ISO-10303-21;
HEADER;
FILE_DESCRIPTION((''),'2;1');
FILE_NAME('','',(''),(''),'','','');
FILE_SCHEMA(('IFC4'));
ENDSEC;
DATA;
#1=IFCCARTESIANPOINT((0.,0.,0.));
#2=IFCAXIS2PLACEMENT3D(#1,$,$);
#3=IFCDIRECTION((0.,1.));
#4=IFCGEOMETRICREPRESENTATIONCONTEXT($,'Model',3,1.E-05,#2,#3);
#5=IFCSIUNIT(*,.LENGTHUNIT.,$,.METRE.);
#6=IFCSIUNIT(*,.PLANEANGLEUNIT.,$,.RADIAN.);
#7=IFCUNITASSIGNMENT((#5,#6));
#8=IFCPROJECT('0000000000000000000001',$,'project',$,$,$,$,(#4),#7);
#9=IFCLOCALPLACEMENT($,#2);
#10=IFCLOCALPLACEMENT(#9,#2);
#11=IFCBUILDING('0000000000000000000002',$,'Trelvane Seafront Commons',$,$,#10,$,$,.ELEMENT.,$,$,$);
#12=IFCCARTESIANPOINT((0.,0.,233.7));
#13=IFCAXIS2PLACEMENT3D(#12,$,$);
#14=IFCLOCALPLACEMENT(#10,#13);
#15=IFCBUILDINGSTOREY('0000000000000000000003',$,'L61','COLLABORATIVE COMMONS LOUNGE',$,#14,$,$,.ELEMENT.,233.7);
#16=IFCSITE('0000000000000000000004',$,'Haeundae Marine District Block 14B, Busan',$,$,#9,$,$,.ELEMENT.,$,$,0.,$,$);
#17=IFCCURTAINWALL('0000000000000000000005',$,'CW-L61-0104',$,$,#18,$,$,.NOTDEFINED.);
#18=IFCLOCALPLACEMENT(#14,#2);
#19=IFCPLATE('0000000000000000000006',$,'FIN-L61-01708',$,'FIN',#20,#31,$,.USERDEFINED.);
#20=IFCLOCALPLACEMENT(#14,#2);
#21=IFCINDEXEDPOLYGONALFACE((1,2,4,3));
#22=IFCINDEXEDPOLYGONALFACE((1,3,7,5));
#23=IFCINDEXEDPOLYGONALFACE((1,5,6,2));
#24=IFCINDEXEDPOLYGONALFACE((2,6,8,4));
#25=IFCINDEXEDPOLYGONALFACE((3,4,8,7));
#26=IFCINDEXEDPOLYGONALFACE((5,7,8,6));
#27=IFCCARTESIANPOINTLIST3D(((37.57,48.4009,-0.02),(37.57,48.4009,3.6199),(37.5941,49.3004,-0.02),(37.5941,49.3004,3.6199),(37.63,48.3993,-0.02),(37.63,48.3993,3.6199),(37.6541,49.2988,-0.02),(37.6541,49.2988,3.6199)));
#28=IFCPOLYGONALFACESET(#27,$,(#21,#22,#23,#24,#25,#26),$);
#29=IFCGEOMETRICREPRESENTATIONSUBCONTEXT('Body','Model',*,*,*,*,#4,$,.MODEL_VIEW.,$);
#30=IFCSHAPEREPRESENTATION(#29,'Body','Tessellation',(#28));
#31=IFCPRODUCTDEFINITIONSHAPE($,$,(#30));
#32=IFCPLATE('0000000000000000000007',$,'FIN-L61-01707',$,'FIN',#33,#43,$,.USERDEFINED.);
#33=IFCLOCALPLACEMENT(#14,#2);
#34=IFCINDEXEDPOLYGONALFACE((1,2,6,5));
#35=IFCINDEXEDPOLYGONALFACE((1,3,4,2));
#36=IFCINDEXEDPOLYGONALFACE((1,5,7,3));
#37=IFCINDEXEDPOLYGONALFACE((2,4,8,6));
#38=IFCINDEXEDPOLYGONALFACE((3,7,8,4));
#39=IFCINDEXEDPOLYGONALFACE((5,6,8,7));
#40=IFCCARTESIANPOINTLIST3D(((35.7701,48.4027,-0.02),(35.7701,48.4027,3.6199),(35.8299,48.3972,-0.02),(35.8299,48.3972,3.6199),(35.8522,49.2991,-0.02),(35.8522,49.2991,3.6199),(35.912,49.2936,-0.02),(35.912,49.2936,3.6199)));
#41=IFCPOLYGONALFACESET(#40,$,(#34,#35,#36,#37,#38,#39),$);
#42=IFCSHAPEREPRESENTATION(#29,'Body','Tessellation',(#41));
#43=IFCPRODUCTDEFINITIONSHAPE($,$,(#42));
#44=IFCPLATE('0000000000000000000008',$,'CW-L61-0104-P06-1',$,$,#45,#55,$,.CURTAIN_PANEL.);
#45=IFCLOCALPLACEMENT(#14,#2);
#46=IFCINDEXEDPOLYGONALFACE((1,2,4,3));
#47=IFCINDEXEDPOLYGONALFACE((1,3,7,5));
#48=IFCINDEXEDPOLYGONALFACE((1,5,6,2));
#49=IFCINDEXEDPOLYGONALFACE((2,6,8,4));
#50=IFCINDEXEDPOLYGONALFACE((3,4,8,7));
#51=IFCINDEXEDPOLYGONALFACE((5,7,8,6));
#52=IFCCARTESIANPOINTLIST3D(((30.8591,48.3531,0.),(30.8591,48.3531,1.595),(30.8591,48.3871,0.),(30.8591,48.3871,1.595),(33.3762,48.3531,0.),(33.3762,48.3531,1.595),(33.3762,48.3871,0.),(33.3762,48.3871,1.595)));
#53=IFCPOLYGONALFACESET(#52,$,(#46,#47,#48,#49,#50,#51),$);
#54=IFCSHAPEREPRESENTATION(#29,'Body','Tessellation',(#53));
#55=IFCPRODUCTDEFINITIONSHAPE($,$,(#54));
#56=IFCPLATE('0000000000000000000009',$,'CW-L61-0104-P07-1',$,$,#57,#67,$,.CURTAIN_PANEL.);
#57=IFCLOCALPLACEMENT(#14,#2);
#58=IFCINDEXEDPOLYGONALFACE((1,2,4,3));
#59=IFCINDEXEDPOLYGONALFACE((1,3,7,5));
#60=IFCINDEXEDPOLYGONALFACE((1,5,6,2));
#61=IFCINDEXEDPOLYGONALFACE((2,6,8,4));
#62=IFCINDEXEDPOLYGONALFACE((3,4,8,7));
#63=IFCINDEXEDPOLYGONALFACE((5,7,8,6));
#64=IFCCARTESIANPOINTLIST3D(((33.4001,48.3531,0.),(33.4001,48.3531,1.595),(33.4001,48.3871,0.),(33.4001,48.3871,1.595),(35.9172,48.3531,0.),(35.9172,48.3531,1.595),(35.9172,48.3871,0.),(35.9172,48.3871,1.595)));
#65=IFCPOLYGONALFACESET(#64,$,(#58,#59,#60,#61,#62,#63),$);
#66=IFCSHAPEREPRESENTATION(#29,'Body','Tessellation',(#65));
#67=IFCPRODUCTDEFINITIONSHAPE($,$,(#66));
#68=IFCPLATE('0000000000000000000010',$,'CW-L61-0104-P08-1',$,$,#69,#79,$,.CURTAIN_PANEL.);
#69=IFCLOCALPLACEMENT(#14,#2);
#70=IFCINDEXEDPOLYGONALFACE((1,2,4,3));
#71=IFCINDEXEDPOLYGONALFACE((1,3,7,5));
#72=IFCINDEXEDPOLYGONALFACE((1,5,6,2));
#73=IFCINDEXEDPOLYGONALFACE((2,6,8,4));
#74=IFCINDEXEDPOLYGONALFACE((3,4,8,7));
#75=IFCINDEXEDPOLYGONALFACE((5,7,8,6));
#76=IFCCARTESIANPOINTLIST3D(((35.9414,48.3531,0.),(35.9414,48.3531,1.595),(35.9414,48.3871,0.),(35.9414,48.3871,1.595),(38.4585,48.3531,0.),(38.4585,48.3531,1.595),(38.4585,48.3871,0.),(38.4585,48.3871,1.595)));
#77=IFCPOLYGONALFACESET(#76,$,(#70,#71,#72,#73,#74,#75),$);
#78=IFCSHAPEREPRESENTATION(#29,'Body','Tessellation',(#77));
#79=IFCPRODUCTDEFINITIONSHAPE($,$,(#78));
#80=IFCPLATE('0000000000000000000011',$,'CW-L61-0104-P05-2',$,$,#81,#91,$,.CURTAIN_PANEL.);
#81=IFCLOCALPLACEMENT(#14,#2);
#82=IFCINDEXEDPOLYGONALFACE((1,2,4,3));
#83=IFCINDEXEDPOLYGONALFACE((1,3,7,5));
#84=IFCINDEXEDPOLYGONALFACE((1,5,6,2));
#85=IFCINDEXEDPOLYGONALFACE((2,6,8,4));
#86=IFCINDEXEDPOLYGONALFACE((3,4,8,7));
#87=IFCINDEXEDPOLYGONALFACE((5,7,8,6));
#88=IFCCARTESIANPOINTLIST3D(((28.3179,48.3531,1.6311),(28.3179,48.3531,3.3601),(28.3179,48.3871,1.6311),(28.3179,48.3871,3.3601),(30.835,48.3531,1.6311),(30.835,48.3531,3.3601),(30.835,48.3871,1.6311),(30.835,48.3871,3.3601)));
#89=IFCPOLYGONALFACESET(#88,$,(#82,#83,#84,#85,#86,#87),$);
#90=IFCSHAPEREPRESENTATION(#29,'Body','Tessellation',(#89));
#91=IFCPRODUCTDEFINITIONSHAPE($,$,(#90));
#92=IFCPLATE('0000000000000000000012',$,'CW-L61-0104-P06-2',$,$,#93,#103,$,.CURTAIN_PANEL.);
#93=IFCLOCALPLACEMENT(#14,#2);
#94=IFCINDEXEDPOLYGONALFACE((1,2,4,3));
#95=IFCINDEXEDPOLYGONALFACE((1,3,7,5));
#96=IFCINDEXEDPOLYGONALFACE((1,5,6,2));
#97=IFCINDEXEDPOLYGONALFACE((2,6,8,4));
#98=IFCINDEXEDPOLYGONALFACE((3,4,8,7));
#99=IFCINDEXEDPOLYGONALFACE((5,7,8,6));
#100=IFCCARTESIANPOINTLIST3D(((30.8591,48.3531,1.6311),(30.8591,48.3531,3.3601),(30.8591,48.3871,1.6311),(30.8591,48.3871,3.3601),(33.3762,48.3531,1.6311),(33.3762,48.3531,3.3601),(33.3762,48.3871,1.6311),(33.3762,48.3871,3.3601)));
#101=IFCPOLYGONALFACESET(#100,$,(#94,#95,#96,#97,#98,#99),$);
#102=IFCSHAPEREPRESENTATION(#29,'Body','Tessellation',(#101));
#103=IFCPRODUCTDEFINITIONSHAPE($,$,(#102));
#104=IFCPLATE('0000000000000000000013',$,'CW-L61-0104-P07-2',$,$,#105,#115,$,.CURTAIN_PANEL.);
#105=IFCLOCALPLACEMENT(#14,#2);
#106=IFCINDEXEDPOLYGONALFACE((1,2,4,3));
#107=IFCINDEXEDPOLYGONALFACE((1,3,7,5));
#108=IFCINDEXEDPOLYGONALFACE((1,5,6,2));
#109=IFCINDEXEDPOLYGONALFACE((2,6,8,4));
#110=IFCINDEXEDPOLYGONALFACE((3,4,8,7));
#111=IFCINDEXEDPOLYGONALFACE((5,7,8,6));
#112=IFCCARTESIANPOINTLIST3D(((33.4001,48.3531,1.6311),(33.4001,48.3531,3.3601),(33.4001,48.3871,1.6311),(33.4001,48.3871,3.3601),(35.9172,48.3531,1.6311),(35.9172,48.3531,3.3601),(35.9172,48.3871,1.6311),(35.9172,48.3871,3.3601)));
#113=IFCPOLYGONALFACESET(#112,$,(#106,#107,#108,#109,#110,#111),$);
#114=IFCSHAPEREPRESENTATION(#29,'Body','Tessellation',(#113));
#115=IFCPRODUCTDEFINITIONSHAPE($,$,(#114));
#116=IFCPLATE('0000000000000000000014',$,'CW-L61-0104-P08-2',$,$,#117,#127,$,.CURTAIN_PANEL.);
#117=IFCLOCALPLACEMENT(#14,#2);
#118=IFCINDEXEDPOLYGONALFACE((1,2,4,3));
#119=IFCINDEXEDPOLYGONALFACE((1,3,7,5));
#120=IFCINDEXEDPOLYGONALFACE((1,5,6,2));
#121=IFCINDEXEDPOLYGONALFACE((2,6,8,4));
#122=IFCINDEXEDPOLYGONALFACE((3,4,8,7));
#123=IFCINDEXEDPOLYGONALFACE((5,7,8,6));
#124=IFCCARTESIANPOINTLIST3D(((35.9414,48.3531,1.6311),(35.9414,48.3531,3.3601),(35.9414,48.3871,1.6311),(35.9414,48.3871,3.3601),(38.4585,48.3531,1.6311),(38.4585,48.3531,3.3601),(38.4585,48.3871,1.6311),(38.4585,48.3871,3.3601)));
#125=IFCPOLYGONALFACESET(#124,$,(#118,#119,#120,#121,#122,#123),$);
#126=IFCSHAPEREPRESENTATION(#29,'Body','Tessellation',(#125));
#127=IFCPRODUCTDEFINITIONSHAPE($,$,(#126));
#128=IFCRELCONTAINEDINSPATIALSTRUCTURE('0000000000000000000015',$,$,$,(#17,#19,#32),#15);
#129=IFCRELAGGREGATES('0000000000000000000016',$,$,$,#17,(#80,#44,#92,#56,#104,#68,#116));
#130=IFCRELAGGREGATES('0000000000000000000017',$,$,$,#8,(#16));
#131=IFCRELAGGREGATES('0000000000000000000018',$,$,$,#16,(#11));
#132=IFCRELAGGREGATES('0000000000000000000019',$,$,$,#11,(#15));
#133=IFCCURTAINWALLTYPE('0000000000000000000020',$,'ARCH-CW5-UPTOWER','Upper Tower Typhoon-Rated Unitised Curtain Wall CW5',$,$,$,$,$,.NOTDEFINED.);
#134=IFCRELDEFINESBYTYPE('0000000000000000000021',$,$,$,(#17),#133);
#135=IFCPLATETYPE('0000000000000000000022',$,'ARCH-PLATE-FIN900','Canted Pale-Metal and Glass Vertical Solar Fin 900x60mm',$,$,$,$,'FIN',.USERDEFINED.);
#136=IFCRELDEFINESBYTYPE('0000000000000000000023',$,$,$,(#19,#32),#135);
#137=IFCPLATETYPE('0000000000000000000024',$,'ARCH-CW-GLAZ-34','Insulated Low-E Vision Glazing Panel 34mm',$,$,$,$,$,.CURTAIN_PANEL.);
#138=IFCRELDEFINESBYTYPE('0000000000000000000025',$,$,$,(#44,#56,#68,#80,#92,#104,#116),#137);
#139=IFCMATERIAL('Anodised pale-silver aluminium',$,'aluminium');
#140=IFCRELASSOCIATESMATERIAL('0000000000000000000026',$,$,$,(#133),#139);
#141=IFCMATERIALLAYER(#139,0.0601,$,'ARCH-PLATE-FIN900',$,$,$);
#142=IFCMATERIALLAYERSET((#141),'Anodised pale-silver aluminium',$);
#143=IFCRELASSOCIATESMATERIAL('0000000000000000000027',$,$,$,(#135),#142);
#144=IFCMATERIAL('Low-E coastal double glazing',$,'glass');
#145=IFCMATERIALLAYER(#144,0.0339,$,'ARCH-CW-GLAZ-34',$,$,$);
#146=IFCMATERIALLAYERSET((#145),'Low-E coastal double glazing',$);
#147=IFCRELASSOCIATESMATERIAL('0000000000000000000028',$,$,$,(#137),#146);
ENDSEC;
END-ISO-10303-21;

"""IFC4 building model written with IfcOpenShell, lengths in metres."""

from ifc_helpers import new_model, si_unit, direction, frame, origin, origin_2d, place, context, subcontext, project, spatial, rectangle, extrude, source, transform, mapped, material, layer, layer_set, type_object, element, aggregate, save


model = new_model("IFC4")

# Units and contexts
model_context = context("Model", 3, precision=1e-05, world=origin(), true_north=direction((0.0, 1.0)))
body_context = subcontext(model_context, "Body", "Model", "MODEL_VIEW")
ifc_project = project(units=[si_unit("LENGTHUNIT", "METRE"), si_unit("PLANEANGLEUNIT", "RADIAN")], contexts=[model_context])

# Site, building, storey
site_placement = place(None, origin())
site = spatial("IfcSite", under=ifc_project, at=site_placement, Name="Haeundae Marine District Block 14B, Busan", CompositionType="ELEMENT", RefElevation=0.0)
building_placement = place(site_placement, origin())
building = spatial("IfcBuilding", under=site, at=building_placement, Name="Trelvane Seafront Commons", CompositionType="ELEMENT")
storey_placement = place(building_placement, frame((0.0, 0.0, 233.7)))
storey = spatial("IfcBuildingStorey", under=building, at=storey_placement, Name="L61", Description="COLLABORATIVE COMMONS LOUNGE", CompositionType="ELEMENT", Elevation=233.7)

# Curtain wall
ifc_material_1 = material(Name="Anodised pale-silver aluminium", Category="aluminium")
curtain_wall_type = type_object("IfcCurtainWallType", Name="ARCH-CW5-UPTOWER", Description="Upper Tower Typhoon-Rated Unitised Curtain Wall CW5", PredefinedType="NOTDEFINED", material=ifc_material_1)
curtain_wall_placement = place(storey_placement, origin())
curtain_wall = element("IfcCurtainWall", 1, at=curtain_wall_placement, inside=storey, type_object=curtain_wall_type, Name="CW-L61-0104", PredefinedType="NOTDEFINED")

# Plates
ifc_layer_1 = layer(ifc_material_1, 0.0601, Name="ARCH-PLATE-FIN900")
ifc_layer_set_1 = layer_set([ifc_layer_1], Name="Anodised pale-silver aluminium")
plate_type_1 = type_object("IfcPlateType", Name="ARCH-PLATE-FIN900", Description="Canted Pale-Metal and Glass Vertical Solar Fin 900x60mm", ElementType="FIN", PredefinedType="USERDEFINED", material=ifc_layer_set_1)
shared_shape_1 = source(origin(), body_context, "Body", "SweptSolid", [
    extrude(rectangle(XDim=0.8999, YDim=0.0601, at=origin_2d()), origin(), (0.0, 0.0, 1.0), 3.6399),
])
for number, where, z_axis, x_axis, name in (
    (2, (37.6121, 48.8499, -0.02), (0.0, 0.0, 1.0), (0.026777, 0.999641, 0.0), "FIN-L61-01708"),
):
    element("IfcPlate", number, at=place(storey_placement, frame(where, z_axis=z_axis, x_axis=x_axis)), inside=storey, type_object=plate_type_1, Name=name, ObjectType="FIN", PredefinedType="USERDEFINED", context=body_context, shape_type="MappedRepresentation", body=[
        mapped(shared_shape_1, transform((0.0, 0.0, 0.0), x_axis=(1.0, 0.0, 0.0), y_axis=(0.0, 1.0, 0.0), z_axis=(0.0, 0.0, 1.0), scale=1.0)),
    ])
shared_shape_2 = source(origin(), body_context, "Body", "SweptSolid", [
    extrude(rectangle(XDim=0.9001, YDim=0.0601, at=origin_2d()), origin(), (0.0, 0.0, 1.0), 3.6399),
])
plate_1_placement = place(storey_placement, frame((35.8411, 48.8481, -0.02), z_axis=(0.0, 0.0, 1.0), x_axis=(0.091217, 0.995831, 0.0)))
element("IfcPlate", 3, at=plate_1_placement, inside=storey, type_object=plate_type_1, Name="FIN-L61-01707", ObjectType="FIN", PredefinedType="USERDEFINED", context=body_context, shape_type="MappedRepresentation", body=[
    mapped(shared_shape_2, transform((0.0, 0.0, 0.0), x_axis=(1.0, 0.0, 0.0), y_axis=(0.0, 1.0, 0.0), z_axis=(0.0, 0.0, 1.0), scale=1.0)),
])

# Plates
ifc_material_2 = material(Name="Low-E coastal double glazing", Category="glass")
ifc_layer_2 = layer(ifc_material_2, 0.0339, Name="ARCH-CW-GLAZ-34")
ifc_layer_set_2 = layer_set([ifc_layer_2], Name="Low-E coastal double glazing")
plate_type_2 = type_object("IfcPlateType", Name="ARCH-CW-GLAZ-34", Description="Insulated Low-E Vision Glazing Panel 34mm", PredefinedType="CURTAIN_PANEL", material=ifc_layer_set_2)
shared_shape_3 = source(origin(), body_context, "Body", "SweptSolid", [
    extrude(rectangle(XDim=2.5171, YDim=0.0339, at=origin_2d()), origin(), (0.0, 0.0, 1.0), 1.595),
])
plate_2_placement = place(storey_placement, frame((32.1177, 48.3701, 0.0), z_axis=(0.0, 0.0, 1.0), x_axis=(1.0, 0.0, 0.0)))
plate_2 = element("IfcPlate", 4, at=plate_2_placement, type_object=plate_type_2, Name="CW-L61-0104-P06-1", PredefinedType="CURTAIN_PANEL", context=body_context, shape_type="MappedRepresentation", body=[
    mapped(shared_shape_3, transform((0.0, 0.0, 0.0), x_axis=(1.0, 0.0, 0.0), y_axis=(0.0, 1.0, 0.0), z_axis=(0.0, 0.0, 1.0), scale=1.0)),
])
plate_3_placement = place(storey_placement, frame((34.6587, 48.3701, 0.0), z_axis=(0.0, 0.0, 1.0), x_axis=(1.0, 0.0, 0.0)))
plate_3 = element("IfcPlate", 5, at=plate_3_placement, type_object=plate_type_2, Name="CW-L61-0104-P07-1", PredefinedType="CURTAIN_PANEL", context=body_context, shape_type="MappedRepresentation", body=[
    mapped(shared_shape_3, transform((0.0, 0.0, 0.0), x_axis=(1.0, 0.0, 0.0), y_axis=(0.0, 1.0, 0.0), z_axis=(0.0, 0.0, 1.0), scale=1.0)),
])
plate_4_placement = place(storey_placement, frame((37.2, 48.3701, 0.0), z_axis=(0.0, 0.0, 1.0), x_axis=(1.0, 0.0, 0.0)))
plate_4 = element("IfcPlate", 6, at=plate_4_placement, type_object=plate_type_2, Name="CW-L61-0104-P08-1", PredefinedType="CURTAIN_PANEL", context=body_context, shape_type="MappedRepresentation", body=[
    mapped(shared_shape_3, transform((0.0, 0.0, 0.0), x_axis=(1.0, 0.0, 0.0), y_axis=(0.0, 1.0, 0.0), z_axis=(0.0, 0.0, 1.0), scale=1.0)),
])
shared_shape_4 = source(origin(), body_context, "Body", "SweptSolid", [
    extrude(rectangle(XDim=2.5171, YDim=0.0339, at=origin_2d()), origin(), (0.0, 0.0, 1.0), 1.729),
])
plate_5_placement = place(storey_placement, frame((29.5764, 48.3701, 1.6311), z_axis=(0.0, 0.0, 1.0), x_axis=(1.0, 0.0, 0.0)))
plate_5 = element("IfcPlate", 7, at=plate_5_placement, type_object=plate_type_2, Name="CW-L61-0104-P05-2", PredefinedType="CURTAIN_PANEL", context=body_context, shape_type="MappedRepresentation", body=[
    mapped(shared_shape_4, transform((0.0, 0.0, 0.0), x_axis=(1.0, 0.0, 0.0), y_axis=(0.0, 1.0, 0.0), z_axis=(0.0, 0.0, 1.0), scale=1.0)),
])
plate_6_placement = place(storey_placement, frame((32.1177, 48.3701, 1.6311), z_axis=(0.0, 0.0, 1.0), x_axis=(1.0, 0.0, 0.0)))
plate_6 = element("IfcPlate", 8, at=plate_6_placement, type_object=plate_type_2, Name="CW-L61-0104-P06-2", PredefinedType="CURTAIN_PANEL", context=body_context, shape_type="MappedRepresentation", body=[
    mapped(shared_shape_4, transform((0.0, 0.0, 0.0), x_axis=(1.0, 0.0, 0.0), y_axis=(0.0, 1.0, 0.0), z_axis=(0.0, 0.0, 1.0), scale=1.0)),
])
plate_7_placement = place(storey_placement, frame((34.6587, 48.3701, 1.6311), z_axis=(0.0, 0.0, 1.0), x_axis=(1.0, 0.0, 0.0)))
plate_7 = element("IfcPlate", 9, at=plate_7_placement, type_object=plate_type_2, Name="CW-L61-0104-P07-2", PredefinedType="CURTAIN_PANEL", context=body_context, shape_type="MappedRepresentation", body=[
    mapped(shared_shape_4, transform((0.0, 0.0, 0.0), x_axis=(1.0, 0.0, 0.0), y_axis=(0.0, 1.0, 0.0), z_axis=(0.0, 0.0, 1.0), scale=1.0)),
])
plate_8_placement = place(storey_placement, frame((37.2, 48.3701, 1.6311), z_axis=(0.0, 0.0, 1.0), x_axis=(1.0, 0.0, 0.0)))
plate_8 = element("IfcPlate", 10, at=plate_8_placement, type_object=plate_type_2, Name="CW-L61-0104-P08-2", PredefinedType="CURTAIN_PANEL", context=body_context, shape_type="MappedRepresentation", body=[
    mapped(shared_shape_4, transform((0.0, 0.0, 0.0), x_axis=(1.0, 0.0, 0.0), y_axis=(0.0, 1.0, 0.0), z_axis=(0.0, 0.0, 1.0), scale=1.0)),
])
aggregate(curtain_wall, [plate_5, plate_2, plate_6, plate_3, plate_7, plate_4, plate_8])

save(model, "model.ifc")
